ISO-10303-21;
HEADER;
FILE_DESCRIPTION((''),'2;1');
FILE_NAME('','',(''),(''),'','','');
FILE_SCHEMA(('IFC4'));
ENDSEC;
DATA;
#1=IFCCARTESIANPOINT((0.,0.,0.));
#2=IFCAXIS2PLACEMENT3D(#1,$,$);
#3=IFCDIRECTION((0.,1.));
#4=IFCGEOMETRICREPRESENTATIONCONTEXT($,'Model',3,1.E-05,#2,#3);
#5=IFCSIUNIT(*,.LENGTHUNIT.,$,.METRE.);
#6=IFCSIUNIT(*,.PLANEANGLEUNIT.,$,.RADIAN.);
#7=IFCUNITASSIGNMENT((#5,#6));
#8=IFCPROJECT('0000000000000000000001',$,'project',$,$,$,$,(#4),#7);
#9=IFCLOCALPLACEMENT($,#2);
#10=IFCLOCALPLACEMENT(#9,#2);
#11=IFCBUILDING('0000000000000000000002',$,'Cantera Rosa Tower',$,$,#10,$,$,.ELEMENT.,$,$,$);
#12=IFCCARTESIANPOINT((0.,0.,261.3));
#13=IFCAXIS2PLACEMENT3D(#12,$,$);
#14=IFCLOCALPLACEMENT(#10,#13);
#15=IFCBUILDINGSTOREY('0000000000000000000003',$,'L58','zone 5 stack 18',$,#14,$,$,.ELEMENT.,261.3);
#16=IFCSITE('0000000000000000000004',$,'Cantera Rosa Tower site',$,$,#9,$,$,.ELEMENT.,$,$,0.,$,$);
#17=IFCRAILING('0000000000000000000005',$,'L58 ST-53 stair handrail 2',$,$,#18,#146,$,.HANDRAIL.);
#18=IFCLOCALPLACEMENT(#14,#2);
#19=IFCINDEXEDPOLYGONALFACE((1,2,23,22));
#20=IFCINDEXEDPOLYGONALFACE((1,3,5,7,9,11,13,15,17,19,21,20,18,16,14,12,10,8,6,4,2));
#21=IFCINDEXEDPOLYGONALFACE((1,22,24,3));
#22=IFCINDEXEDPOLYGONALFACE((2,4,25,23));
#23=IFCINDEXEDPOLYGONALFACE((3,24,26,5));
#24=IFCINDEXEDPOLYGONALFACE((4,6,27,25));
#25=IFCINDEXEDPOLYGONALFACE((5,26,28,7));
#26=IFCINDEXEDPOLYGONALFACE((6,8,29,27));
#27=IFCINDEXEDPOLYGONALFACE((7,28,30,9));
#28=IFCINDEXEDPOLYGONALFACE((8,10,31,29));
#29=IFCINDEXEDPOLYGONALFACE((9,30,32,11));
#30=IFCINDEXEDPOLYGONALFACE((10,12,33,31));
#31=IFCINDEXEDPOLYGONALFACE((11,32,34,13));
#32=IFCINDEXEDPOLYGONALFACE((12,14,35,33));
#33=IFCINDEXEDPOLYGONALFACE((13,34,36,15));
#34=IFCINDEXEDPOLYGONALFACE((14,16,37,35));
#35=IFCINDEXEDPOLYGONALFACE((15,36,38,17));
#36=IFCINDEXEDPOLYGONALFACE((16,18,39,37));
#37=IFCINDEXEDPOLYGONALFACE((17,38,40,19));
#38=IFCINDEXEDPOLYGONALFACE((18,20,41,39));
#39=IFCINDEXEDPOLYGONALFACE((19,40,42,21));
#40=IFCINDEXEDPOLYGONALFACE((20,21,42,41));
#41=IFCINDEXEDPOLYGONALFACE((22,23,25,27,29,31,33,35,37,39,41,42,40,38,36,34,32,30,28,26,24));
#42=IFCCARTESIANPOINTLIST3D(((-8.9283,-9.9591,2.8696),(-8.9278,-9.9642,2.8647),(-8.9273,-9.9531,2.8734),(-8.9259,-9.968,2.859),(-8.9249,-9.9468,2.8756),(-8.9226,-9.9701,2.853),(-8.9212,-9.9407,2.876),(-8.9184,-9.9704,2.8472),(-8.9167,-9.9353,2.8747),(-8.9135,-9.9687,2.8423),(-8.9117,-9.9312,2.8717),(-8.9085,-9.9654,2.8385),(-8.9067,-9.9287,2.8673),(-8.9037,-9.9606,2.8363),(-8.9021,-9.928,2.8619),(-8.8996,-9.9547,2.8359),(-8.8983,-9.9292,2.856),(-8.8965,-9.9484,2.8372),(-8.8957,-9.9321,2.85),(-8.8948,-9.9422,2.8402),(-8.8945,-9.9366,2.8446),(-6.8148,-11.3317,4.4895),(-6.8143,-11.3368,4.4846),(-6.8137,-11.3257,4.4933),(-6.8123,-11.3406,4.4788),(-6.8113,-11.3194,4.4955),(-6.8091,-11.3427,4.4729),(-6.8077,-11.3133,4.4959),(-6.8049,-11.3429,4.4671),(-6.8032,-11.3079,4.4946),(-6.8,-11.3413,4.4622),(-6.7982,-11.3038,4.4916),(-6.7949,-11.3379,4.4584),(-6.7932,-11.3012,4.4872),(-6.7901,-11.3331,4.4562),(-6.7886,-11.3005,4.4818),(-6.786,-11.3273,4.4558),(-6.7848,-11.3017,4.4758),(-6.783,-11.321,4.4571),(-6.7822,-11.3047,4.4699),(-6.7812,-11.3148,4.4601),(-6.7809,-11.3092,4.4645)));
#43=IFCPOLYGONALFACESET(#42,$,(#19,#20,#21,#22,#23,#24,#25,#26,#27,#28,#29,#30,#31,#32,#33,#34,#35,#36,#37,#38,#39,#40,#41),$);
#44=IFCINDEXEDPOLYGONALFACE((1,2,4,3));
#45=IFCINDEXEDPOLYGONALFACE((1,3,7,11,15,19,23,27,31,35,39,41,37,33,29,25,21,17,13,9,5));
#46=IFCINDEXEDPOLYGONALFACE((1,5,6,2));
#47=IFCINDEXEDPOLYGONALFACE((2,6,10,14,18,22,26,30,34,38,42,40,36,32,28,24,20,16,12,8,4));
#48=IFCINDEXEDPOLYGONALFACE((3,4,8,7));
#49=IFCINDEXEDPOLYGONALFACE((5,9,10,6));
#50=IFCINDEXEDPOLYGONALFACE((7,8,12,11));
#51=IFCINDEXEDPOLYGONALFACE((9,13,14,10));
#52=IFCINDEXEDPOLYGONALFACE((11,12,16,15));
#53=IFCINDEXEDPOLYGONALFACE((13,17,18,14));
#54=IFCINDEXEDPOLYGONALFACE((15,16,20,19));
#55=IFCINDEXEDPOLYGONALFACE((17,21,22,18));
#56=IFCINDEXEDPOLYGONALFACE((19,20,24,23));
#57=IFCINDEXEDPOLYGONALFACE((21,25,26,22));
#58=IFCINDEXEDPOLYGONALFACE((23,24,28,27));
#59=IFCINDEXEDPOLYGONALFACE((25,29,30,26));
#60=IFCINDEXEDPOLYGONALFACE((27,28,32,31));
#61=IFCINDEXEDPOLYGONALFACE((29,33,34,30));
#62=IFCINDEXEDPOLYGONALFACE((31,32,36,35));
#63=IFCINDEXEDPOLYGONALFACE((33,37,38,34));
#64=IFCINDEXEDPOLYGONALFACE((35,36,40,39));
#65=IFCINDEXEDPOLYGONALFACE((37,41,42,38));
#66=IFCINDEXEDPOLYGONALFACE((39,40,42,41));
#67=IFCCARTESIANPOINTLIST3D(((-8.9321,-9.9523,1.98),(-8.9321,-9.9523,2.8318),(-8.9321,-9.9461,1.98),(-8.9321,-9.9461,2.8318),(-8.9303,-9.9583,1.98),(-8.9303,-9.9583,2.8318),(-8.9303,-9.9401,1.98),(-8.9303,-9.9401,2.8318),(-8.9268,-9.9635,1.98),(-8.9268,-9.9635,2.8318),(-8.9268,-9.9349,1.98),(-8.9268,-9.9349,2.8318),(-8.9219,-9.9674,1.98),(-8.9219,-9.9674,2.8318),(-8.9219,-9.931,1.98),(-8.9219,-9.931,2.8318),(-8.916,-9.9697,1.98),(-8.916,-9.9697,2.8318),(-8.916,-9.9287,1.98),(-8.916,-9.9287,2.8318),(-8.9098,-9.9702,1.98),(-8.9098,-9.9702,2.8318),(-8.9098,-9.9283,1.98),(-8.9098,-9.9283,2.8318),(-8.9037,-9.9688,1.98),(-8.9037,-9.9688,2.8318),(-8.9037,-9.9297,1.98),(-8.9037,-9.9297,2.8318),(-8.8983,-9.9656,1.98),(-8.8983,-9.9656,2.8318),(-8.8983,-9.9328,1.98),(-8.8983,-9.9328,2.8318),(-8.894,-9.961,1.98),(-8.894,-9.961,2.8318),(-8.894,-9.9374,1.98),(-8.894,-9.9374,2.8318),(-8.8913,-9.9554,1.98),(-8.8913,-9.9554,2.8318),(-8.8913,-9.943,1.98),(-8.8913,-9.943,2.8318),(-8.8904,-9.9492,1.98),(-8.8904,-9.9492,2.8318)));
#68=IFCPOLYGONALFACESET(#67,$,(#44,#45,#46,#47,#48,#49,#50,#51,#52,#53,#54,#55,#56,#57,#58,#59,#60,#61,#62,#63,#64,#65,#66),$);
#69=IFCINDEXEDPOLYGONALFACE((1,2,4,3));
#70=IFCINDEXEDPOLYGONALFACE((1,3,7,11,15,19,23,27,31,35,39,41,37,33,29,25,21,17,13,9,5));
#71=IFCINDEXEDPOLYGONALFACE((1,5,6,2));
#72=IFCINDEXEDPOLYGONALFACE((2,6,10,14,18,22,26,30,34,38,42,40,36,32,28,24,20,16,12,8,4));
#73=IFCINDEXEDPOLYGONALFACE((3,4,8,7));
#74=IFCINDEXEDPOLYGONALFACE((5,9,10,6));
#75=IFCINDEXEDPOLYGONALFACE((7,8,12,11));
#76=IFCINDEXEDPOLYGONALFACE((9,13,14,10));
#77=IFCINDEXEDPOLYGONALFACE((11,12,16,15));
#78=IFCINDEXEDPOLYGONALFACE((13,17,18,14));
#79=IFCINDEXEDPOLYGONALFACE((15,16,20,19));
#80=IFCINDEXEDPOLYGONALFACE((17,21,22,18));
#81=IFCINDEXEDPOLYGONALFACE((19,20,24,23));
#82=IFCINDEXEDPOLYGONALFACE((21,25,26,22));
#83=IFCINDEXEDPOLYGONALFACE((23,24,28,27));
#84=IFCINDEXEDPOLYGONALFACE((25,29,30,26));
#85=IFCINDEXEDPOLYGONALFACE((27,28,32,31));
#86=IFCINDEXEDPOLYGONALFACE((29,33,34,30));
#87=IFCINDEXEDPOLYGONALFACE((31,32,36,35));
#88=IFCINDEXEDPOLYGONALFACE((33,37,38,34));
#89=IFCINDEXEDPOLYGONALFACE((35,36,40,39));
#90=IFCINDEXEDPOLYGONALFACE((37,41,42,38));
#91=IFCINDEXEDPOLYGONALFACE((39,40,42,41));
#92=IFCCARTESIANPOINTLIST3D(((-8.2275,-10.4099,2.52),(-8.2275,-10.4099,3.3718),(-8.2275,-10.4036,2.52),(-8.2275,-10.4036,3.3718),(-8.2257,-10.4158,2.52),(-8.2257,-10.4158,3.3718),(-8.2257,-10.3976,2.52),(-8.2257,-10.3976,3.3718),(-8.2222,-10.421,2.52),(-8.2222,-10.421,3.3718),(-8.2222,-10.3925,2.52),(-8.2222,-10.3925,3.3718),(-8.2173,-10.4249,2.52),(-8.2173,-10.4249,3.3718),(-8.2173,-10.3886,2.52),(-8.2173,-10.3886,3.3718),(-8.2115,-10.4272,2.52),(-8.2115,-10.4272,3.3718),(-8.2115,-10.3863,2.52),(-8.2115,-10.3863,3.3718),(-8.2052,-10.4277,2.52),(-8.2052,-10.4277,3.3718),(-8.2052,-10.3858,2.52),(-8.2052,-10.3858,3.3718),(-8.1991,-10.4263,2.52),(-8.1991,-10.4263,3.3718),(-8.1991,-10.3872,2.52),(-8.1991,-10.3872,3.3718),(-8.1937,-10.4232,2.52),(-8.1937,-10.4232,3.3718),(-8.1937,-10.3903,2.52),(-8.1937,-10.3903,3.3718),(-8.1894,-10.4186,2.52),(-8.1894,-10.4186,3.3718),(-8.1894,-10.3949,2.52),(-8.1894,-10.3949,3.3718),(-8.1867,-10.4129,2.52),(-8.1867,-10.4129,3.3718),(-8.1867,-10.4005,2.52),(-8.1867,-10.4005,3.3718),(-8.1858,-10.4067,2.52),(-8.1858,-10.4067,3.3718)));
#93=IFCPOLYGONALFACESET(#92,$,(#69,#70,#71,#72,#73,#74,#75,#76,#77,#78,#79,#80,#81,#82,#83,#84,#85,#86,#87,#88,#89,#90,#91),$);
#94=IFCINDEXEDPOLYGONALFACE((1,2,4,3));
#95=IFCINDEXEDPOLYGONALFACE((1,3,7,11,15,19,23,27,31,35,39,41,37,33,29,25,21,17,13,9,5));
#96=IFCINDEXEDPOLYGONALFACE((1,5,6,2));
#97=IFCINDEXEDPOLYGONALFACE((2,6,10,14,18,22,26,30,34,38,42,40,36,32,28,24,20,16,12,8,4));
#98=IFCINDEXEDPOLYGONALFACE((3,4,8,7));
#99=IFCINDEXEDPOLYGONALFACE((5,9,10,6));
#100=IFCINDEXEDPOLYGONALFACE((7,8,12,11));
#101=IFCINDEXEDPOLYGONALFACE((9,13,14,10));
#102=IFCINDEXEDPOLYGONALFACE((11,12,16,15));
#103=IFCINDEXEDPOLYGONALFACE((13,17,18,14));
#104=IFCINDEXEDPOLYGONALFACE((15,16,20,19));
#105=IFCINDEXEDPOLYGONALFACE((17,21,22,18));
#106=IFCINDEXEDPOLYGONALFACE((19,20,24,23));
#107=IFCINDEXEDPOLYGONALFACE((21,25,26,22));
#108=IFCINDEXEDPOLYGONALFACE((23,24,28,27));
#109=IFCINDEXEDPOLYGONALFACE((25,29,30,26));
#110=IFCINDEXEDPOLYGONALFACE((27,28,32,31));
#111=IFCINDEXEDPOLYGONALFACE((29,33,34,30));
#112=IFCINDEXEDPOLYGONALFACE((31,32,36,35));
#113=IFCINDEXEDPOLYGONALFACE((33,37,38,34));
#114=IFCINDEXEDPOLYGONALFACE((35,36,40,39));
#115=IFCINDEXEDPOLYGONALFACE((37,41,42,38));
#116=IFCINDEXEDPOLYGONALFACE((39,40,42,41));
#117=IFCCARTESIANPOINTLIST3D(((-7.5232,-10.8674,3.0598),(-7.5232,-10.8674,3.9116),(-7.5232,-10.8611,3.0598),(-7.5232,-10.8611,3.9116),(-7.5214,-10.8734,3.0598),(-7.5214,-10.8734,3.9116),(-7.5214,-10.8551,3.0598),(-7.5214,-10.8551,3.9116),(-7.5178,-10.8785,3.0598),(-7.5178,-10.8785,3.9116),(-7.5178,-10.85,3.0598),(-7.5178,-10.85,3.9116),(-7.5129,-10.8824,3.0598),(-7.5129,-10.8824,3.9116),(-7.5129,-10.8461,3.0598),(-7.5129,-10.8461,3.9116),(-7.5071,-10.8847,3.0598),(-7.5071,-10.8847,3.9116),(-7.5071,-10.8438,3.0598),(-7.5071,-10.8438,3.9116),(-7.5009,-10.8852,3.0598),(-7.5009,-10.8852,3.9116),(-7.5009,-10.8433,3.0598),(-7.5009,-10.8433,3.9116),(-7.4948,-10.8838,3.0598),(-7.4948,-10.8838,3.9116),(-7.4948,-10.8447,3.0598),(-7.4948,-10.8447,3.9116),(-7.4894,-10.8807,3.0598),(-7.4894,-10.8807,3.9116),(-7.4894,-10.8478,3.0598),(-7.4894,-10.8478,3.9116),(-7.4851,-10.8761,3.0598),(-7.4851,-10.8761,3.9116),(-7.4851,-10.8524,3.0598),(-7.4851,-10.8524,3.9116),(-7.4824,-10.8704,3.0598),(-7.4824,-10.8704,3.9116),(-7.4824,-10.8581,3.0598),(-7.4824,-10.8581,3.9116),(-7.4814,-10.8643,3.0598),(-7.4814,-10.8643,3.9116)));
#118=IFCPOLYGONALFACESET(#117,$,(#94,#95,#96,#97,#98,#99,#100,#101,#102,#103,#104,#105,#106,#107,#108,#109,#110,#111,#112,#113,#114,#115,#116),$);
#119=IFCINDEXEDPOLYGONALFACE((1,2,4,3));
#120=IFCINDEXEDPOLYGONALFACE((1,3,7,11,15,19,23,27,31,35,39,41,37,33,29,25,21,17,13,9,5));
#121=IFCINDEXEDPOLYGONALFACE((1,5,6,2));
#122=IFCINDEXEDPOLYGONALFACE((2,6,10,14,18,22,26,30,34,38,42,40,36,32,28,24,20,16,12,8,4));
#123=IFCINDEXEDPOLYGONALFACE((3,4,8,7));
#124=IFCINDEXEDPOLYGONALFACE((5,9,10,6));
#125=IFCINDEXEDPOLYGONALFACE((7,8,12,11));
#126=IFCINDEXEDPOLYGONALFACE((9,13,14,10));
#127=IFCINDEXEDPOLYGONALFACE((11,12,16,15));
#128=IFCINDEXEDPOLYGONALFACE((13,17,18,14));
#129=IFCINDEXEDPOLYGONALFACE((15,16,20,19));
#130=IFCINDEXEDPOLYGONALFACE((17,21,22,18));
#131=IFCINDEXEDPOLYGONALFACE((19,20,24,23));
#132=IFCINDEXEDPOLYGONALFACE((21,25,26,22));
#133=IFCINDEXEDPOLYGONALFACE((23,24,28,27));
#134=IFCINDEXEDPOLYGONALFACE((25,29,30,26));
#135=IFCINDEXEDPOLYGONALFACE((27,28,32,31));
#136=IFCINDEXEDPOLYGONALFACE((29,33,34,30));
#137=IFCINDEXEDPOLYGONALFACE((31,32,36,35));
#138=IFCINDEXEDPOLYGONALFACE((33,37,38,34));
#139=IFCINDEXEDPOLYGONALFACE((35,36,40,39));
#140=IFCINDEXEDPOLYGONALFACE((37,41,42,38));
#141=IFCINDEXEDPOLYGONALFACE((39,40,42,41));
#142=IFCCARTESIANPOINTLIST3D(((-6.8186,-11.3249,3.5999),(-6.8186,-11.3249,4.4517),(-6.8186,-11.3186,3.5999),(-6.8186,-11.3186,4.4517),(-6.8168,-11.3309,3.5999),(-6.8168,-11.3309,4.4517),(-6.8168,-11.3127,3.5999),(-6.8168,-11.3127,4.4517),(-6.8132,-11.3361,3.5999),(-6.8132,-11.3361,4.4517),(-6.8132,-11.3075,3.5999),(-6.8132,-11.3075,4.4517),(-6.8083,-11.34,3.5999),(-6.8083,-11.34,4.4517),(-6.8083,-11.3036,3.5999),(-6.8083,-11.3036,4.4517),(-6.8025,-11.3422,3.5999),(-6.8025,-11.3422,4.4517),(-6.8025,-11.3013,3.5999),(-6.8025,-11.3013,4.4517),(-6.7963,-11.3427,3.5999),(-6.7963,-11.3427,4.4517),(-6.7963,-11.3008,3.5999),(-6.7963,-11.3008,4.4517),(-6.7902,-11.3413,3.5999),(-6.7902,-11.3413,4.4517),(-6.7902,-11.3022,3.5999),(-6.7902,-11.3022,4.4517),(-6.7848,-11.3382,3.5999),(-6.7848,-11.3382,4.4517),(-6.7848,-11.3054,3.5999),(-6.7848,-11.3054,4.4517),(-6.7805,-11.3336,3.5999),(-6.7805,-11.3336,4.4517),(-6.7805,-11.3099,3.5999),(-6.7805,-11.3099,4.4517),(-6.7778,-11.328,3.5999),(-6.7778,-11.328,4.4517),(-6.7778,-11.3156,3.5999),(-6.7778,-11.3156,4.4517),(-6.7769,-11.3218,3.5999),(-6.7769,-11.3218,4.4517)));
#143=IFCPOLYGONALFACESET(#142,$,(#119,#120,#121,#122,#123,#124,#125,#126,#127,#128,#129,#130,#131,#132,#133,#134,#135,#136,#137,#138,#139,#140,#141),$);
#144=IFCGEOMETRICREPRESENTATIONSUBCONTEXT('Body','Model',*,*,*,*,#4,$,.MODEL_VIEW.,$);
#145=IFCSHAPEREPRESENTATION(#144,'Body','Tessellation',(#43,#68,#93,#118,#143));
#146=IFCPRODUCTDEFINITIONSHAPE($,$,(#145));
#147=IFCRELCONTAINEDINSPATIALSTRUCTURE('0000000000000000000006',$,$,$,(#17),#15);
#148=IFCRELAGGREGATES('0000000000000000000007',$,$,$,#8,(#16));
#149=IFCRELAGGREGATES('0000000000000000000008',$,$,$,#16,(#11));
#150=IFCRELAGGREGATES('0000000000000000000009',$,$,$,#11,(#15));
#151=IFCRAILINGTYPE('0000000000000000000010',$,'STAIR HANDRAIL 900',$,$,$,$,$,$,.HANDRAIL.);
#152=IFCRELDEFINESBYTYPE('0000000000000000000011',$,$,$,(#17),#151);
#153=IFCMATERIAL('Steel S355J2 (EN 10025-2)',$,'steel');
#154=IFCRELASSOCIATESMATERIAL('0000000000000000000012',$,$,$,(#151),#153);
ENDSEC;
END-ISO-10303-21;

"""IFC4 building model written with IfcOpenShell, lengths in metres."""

from ifc_helpers import new_model, si_unit, direction, frame, origin, origin_2d, place, context, subcontext, project, spatial, circle, extrude, material, type_object, element, save


model = new_model("IFC4")

# Units and contexts
model_context = context("Model", 3, precision=1e-05, world=origin(), true_north=direction((0.0, 1.0)))
body_context = subcontext(model_context, "Body", "Model", "MODEL_VIEW")
ifc_project = project(units=[si_unit("LENGTHUNIT", "METRE"), si_unit("PLANEANGLEUNIT", "RADIAN")], contexts=[model_context])

# Site, building, storey
site_placement = place(None, origin())
site = spatial("IfcSite", under=ifc_project, at=site_placement, Name="Cantera Rosa Tower site", CompositionType="ELEMENT", RefElevation=0.0)
building_placement = place(site_placement, origin())
building = spatial("IfcBuilding", under=site, at=building_placement, Name="Cantera Rosa Tower", CompositionType="ELEMENT")
storey_placement = place(building_placement, frame((0.0, 0.0, 261.3)))
storey = spatial("IfcBuildingStorey", under=building, at=storey_placement, Name="L58", Description="zone 5 stack 18", CompositionType="ELEMENT", Elevation=261.3)

# Railing
ifc_material_1 = material(Name="Steel S355J2 (EN 10025-2)", Category="steel")
railing_type_1 = type_object("IfcRailingType", Name="STAIR HANDRAIL 900", PredefinedType="HANDRAIL", material=ifc_material_1)
railing_1_placement = place(storey_placement, frame((-8.9114, -9.9492, 1.98)))
element("IfcRailing", 1, at=railing_1_placement, inside=storey, type_object=railing_type_1, Name="L58 ST-53 stair handrail 2", PredefinedType="HANDRAIL", context=body_context, shape_type="SweptSolid", body=[
    extrude(circle(Radius=0.0239, at=origin_2d()), frame((0.0, 0.0, 0.876), z_axis=(0.705493, -0.458159, 0.540712), x_axis=(0.544644, 0.838667, 0.0)), (0.0, 0.0, 1.0), 2.9958),
    extrude(circle(Radius=0.021, at=origin_2d()), origin(), (0.0, 0.0, 1.0), 0.8518),
    extrude(circle(Radius=0.021, at=origin_2d()), frame((0.7046, -0.4575, 0.54)), (0.0, 0.0, 1.0), 0.8518),
    extrude(circle(Radius=0.021, at=origin_2d()), frame((1.4089, -0.915, 1.0798)), (0.0, 0.0, 1.0), 0.8518),
    extrude(circle(Radius=0.021, at=origin_2d()), frame((2.1135, -1.3726, 1.6199)), (0.0, 0.0, 1.0), 0.8518),
])

save(model, "model.ifc")
